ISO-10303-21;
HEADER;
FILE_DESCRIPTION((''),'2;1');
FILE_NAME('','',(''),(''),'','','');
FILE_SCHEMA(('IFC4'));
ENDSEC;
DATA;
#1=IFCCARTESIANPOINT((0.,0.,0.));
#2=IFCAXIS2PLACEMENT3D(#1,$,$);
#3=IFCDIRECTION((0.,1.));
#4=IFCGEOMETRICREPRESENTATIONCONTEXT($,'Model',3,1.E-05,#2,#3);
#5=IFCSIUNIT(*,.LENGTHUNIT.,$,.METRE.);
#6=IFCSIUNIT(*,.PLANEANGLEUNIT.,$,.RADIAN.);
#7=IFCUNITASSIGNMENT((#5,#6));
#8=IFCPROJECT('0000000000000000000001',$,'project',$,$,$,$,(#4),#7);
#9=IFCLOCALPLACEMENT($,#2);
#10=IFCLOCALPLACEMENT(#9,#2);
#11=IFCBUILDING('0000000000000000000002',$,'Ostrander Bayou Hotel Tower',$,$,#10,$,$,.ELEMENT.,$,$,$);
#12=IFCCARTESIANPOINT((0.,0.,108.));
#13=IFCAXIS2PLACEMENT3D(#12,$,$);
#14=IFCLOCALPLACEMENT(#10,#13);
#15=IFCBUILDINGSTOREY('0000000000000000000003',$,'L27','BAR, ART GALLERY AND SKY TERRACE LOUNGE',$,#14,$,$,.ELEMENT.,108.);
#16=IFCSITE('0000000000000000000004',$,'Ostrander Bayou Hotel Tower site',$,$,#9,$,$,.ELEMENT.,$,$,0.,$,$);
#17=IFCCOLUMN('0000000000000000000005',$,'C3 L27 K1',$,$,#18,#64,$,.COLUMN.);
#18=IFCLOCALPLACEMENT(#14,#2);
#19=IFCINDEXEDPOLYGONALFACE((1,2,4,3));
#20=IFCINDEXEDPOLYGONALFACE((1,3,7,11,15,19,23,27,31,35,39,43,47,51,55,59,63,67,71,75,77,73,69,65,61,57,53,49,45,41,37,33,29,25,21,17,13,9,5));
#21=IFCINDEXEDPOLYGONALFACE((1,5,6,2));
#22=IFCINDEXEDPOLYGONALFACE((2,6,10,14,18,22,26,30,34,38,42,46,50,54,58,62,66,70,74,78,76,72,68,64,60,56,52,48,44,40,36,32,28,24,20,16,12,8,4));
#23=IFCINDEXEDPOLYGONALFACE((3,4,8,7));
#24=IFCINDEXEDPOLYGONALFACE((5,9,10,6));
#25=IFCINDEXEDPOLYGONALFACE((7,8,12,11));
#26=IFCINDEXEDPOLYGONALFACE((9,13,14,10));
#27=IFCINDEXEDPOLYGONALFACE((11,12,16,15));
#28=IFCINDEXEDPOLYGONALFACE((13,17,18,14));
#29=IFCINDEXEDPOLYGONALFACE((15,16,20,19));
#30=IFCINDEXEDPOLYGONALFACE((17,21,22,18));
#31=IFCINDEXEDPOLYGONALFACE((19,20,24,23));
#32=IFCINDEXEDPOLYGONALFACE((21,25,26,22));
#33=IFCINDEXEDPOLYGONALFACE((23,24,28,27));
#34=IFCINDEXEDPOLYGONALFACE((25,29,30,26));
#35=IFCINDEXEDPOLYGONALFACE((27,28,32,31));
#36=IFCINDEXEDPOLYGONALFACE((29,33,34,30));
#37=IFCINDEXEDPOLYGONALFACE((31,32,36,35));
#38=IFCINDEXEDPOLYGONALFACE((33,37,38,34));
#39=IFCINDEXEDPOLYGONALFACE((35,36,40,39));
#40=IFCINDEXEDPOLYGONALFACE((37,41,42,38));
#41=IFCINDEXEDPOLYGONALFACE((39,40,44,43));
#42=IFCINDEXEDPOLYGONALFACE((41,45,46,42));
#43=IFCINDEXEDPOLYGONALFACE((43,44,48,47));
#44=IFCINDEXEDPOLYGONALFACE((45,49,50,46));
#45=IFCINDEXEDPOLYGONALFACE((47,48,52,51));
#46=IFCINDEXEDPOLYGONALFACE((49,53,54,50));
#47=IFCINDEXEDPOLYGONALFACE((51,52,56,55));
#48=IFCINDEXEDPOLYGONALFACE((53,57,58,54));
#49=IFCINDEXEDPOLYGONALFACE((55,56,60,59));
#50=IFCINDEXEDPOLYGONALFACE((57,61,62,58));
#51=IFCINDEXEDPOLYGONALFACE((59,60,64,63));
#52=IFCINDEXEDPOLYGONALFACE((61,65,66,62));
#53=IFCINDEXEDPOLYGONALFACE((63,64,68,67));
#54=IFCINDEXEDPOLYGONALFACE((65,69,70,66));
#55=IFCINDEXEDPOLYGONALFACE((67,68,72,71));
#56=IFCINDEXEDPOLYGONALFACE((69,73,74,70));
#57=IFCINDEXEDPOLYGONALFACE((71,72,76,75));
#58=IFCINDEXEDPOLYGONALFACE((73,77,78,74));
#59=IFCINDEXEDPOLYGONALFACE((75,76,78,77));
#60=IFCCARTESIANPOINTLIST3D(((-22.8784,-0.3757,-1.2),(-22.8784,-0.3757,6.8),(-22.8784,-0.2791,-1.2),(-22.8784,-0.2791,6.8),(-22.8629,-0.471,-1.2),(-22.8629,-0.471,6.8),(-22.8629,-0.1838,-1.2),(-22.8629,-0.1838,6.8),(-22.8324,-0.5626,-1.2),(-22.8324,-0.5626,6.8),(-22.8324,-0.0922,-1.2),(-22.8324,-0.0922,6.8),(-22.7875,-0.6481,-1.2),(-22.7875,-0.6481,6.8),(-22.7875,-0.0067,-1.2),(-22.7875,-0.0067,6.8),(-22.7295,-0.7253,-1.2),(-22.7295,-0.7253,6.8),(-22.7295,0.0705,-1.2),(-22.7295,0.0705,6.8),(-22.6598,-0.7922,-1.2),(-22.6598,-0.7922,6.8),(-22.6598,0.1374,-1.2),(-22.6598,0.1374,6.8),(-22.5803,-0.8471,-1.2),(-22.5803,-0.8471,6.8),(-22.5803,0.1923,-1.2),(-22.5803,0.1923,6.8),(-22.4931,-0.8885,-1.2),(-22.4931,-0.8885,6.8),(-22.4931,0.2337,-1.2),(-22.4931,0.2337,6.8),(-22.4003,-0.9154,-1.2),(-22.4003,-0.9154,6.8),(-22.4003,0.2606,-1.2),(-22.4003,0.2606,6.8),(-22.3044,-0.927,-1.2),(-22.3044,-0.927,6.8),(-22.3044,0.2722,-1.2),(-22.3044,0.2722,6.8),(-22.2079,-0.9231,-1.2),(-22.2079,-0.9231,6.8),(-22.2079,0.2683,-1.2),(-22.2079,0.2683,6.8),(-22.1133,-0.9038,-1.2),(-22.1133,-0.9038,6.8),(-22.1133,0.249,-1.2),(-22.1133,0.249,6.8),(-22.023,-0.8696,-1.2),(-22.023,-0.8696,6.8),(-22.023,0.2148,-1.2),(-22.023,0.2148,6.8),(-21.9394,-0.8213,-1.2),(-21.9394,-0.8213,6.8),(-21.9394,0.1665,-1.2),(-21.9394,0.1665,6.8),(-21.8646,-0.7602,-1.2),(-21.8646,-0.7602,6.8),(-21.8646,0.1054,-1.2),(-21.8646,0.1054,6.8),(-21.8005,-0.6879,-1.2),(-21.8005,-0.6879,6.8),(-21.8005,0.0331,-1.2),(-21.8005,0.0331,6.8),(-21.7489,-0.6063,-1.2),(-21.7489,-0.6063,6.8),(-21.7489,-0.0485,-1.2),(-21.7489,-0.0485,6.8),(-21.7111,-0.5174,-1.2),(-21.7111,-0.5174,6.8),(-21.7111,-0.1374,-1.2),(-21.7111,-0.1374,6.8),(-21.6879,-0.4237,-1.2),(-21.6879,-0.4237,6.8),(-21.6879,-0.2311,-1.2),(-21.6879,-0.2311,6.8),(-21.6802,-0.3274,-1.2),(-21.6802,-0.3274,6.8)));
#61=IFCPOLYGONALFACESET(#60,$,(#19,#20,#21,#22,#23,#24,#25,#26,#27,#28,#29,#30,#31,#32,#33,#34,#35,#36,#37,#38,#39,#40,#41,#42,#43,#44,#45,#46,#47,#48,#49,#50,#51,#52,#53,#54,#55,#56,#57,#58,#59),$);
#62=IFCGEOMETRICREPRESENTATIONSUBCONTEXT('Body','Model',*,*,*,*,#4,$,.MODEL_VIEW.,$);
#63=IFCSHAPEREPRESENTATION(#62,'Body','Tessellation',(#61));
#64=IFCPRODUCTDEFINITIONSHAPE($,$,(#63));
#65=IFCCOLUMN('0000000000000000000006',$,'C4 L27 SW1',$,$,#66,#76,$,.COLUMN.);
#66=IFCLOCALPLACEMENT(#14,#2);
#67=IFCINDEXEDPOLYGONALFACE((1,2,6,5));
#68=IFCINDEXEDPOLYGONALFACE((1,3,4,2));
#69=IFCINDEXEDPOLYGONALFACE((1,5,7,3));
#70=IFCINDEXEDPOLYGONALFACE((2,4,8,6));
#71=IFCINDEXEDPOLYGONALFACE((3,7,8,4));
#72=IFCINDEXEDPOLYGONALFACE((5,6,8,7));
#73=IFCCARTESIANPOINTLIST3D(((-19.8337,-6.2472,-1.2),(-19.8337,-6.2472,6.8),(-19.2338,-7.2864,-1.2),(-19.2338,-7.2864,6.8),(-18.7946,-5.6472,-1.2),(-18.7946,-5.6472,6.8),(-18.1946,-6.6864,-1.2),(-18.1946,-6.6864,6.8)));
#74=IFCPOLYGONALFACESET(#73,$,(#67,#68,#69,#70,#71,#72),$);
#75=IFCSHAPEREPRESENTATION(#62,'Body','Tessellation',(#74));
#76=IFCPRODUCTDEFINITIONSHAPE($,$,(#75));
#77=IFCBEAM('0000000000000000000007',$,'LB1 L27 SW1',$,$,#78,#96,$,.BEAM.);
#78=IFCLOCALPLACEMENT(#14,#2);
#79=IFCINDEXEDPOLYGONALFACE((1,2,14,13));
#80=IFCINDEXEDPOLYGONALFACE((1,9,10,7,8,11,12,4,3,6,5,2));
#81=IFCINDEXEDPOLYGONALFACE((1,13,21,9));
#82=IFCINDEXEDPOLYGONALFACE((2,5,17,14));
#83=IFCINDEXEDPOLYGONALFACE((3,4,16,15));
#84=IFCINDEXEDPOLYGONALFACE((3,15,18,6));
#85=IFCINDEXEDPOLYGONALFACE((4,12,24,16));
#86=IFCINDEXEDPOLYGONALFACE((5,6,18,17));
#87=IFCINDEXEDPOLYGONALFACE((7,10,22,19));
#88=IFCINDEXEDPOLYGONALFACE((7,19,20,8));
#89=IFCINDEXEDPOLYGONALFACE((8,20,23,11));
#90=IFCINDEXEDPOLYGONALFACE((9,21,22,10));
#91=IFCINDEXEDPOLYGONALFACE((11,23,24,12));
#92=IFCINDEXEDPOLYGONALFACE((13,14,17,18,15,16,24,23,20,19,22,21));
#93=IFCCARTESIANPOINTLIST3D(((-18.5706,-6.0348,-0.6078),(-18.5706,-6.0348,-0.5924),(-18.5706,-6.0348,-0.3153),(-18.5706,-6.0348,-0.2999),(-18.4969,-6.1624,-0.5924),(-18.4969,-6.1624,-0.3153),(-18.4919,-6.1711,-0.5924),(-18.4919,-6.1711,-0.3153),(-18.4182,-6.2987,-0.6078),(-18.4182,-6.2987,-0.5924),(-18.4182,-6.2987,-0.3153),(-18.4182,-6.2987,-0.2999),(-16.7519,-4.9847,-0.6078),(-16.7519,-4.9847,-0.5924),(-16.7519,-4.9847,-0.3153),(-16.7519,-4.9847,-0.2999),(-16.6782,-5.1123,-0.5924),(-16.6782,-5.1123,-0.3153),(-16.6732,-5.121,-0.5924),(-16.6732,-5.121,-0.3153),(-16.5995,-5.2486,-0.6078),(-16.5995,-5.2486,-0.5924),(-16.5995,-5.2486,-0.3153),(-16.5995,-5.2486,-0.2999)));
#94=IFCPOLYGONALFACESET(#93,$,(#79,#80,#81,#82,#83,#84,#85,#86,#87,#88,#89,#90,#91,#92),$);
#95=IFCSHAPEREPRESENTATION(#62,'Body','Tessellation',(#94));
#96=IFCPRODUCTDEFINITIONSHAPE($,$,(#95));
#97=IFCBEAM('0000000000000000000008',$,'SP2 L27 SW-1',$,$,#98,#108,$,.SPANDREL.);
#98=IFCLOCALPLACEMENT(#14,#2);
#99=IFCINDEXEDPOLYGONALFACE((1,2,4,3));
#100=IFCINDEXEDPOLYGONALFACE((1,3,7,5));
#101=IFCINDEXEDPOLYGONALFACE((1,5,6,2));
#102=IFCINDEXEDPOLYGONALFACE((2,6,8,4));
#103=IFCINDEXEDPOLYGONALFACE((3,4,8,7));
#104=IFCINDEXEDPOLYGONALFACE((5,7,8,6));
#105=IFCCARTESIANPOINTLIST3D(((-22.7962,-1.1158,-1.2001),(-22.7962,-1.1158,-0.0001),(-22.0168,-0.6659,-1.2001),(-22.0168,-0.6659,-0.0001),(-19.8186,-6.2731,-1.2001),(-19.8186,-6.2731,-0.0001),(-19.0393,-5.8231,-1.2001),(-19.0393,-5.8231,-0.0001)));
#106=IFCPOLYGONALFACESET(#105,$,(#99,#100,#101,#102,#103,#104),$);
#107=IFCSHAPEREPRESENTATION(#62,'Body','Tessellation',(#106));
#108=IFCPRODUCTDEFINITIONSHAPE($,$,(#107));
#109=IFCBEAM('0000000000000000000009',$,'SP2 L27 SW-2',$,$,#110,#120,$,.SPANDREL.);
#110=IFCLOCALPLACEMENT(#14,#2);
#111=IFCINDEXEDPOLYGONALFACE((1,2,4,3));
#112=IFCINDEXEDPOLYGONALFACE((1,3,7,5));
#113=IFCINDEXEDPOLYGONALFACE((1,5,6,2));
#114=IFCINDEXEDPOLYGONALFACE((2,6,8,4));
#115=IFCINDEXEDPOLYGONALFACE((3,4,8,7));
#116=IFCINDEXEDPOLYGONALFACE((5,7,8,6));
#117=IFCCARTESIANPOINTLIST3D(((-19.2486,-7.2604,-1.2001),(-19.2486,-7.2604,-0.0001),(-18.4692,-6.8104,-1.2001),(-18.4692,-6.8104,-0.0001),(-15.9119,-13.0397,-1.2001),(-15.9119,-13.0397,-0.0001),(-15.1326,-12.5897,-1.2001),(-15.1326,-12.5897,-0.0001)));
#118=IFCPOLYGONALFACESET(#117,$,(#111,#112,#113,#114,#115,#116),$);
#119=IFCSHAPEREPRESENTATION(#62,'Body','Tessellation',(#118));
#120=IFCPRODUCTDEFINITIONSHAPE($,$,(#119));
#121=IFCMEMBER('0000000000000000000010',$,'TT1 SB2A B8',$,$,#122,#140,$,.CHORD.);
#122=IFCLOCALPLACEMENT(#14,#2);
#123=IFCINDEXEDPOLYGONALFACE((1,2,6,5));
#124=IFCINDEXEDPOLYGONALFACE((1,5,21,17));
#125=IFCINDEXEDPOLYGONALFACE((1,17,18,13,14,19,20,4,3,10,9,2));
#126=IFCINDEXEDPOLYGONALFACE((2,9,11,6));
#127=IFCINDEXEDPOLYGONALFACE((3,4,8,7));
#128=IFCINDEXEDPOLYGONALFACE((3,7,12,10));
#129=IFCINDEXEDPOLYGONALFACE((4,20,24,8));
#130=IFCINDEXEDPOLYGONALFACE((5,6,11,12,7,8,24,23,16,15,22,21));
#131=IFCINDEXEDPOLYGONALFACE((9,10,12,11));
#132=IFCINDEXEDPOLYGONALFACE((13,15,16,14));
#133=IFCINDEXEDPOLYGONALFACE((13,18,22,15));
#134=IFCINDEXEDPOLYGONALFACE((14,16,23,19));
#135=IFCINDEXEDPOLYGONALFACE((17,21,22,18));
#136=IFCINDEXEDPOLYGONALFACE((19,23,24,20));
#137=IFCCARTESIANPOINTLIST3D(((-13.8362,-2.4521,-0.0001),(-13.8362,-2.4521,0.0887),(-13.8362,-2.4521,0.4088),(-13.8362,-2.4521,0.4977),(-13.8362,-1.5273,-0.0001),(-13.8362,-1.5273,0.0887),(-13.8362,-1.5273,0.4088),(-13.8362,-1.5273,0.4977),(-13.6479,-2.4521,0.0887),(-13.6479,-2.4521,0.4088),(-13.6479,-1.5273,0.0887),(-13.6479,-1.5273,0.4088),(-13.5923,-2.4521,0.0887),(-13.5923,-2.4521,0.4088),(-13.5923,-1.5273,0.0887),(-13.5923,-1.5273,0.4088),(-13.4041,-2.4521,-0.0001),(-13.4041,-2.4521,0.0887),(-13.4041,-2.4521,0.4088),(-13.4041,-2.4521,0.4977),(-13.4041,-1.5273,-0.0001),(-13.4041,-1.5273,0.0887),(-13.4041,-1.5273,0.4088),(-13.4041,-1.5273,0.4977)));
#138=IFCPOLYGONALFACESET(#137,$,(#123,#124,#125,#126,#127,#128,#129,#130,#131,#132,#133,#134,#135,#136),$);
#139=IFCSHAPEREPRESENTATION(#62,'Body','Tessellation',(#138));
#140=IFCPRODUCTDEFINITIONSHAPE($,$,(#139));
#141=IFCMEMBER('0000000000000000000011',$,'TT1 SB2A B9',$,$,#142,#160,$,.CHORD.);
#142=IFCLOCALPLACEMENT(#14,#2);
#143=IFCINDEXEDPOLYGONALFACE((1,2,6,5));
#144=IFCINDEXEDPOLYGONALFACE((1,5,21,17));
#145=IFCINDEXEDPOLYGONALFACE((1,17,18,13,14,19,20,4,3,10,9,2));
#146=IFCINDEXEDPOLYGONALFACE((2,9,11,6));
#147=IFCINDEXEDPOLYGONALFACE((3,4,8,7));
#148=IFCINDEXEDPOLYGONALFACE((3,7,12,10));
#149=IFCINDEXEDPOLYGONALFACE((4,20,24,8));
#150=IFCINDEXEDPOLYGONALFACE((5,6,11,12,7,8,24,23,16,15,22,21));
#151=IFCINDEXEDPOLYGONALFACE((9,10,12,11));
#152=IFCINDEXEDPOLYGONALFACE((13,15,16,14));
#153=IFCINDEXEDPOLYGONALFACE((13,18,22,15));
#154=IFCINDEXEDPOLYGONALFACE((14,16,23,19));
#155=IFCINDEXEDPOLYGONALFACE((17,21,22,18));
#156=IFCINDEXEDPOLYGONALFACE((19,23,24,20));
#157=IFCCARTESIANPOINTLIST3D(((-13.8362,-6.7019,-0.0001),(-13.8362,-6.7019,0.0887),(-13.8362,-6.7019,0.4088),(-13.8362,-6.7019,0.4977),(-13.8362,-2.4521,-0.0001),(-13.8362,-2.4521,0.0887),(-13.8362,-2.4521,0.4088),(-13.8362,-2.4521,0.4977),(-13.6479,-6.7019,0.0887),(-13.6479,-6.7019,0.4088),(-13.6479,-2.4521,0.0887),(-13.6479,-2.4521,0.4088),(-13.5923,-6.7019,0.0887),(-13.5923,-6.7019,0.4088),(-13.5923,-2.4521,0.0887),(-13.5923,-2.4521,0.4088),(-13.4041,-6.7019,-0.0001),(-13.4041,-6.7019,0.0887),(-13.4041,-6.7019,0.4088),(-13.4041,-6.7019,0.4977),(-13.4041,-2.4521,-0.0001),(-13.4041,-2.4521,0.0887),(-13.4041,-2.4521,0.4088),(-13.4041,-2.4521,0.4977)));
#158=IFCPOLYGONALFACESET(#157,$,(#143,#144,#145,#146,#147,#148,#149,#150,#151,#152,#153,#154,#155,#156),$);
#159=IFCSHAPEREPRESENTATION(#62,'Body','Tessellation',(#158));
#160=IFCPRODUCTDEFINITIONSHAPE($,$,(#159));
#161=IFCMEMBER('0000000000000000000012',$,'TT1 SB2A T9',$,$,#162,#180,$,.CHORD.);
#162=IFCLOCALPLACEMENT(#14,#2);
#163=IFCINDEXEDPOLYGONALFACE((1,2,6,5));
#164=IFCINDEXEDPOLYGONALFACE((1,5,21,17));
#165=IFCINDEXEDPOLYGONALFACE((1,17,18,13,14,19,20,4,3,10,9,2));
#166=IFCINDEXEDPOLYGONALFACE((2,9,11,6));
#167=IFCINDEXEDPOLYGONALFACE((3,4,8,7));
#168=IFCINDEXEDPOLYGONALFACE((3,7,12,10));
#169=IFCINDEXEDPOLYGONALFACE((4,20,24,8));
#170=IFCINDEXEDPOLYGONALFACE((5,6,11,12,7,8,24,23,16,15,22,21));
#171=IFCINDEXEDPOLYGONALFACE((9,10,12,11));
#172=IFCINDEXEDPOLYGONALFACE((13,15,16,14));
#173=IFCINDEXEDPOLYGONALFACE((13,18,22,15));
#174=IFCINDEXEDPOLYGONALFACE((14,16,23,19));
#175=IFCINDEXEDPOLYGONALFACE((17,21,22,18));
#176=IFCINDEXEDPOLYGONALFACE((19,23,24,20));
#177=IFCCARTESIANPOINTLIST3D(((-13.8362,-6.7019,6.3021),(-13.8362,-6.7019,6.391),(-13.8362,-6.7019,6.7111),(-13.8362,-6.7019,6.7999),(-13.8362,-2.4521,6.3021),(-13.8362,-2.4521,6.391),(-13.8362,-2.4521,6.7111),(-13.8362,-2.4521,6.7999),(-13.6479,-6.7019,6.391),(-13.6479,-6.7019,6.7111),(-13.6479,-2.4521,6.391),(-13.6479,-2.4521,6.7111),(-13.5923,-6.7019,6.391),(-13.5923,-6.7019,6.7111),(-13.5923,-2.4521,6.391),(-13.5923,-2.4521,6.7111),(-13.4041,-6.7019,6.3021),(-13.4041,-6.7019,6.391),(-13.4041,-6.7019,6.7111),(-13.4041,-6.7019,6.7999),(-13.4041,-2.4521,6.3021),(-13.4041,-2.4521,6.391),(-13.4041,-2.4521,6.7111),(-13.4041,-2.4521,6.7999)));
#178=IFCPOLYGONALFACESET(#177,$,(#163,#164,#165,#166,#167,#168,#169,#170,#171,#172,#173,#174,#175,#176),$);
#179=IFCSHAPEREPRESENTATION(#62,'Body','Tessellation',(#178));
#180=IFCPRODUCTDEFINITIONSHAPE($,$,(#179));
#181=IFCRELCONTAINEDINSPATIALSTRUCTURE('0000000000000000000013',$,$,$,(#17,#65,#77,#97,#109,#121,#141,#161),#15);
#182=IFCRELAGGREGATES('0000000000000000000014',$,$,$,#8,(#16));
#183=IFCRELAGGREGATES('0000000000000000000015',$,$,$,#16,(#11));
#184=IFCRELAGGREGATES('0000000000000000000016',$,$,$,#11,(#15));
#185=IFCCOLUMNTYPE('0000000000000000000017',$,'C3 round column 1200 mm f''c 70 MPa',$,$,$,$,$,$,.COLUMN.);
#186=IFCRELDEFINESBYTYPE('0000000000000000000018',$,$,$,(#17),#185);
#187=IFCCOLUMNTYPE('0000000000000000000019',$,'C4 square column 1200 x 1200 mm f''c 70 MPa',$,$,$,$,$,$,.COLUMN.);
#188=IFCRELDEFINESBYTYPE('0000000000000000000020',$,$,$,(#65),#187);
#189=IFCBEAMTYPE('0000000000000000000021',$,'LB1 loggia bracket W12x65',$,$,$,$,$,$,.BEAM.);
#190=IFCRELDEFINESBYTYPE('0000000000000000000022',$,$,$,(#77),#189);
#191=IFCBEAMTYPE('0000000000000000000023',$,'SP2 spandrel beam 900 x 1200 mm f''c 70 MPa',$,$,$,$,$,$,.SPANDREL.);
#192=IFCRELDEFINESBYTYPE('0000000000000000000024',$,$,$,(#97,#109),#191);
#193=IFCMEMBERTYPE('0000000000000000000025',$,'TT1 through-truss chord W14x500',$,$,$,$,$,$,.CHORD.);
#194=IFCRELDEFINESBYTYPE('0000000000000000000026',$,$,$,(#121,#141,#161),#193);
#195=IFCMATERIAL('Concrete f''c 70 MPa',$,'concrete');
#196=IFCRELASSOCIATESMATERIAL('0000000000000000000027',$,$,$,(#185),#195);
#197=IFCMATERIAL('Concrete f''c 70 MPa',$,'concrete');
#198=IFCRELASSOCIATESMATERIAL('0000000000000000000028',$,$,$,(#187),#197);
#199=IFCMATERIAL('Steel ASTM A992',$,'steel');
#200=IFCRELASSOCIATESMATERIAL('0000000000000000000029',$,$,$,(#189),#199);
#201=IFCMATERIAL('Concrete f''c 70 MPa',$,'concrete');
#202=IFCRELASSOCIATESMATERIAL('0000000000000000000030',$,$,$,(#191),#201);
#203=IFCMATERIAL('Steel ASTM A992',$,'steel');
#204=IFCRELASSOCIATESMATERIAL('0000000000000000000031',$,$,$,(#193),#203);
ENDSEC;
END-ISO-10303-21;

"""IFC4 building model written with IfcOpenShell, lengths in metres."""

from ifc_helpers import new_model, si_unit, direction, frame, origin, origin_2d, place, context, subcontext, project, spatial, rectangle, circle, i_section, extrude, material, material_profile, profile_set, type_object, element, save


model = new_model("IFC4")

# Units and contexts
model_context = context("Model", 3, precision=1e-05, world=origin(), true_north=direction((0.0, 1.0)))
body_context = subcontext(model_context, "Body", "Model", "MODEL_VIEW")
ifc_project = project(units=[si_unit("LENGTHUNIT", "METRE"), si_unit("PLANEANGLEUNIT", "RADIAN")], contexts=[model_context])

# Site, building, storey
site_placement = place(None, origin())
site = spatial("IfcSite", under=ifc_project, at=site_placement, Name="Ostrander Bayou Hotel Tower site", CompositionType="ELEMENT", RefElevation=0.0)
building_placement = place(site_placement, origin())
building = spatial("IfcBuilding", under=site, at=building_placement, Name="Ostrander Bayou Hotel Tower", CompositionType="ELEMENT")
storey_placement = place(building_placement, frame((0.0, 0.0, 108.0)))
storey = spatial("IfcBuildingStorey", under=building, at=storey_placement, Name="L27", Description="BAR, ART GALLERY AND SKY TERRACE LOUNGE", CompositionType="ELEMENT", Elevation=108.0)

# Columns
ifc_material_1 = material(Name="Concrete f'c 70 MPa", Category="concrete")
ifc_material_profile_1 = material_profile(ifc_material_1, circle(Radius=0.6001, at=origin_2d()))
ifc_profile_set_1 = profile_set([ifc_material_profile_1], Name="Concrete f'c 70 MPa")
column_type_1 = type_object("IfcColumnType", Name="C3 round column 1200 mm f'c 70 MPa", PredefinedType="COLUMN", material=ifc_profile_set_1)
column_1_placement = place(storey_placement, frame((-22.2803, -0.3274, -1.2), z_axis=(0.0, 0.0, 1.0), x_axis=(1.0, 0.0, 0.0)))
element("IfcColumn", 1, at=column_1_placement, inside=storey, type_object=column_type_1, Name="C3 L27 K1", PredefinedType="COLUMN", context=body_context, shape_type="SweptSolid", body=[
    extrude(circle(Radius=0.6001, at=origin_2d()), origin(), (0.0, 0.0, 1.0), 8.0),
])
ifc_material_2 = material(Name="Concrete f'c 70 MPa", Category="concrete")
ifc_material_profile_2 = material_profile(ifc_material_2, rectangle(XDim=1.2, YDim=1.2, at=origin_2d()))
ifc_profile_set_2 = profile_set([ifc_material_profile_2], Name="Concrete f'c 70 MPa")
column_type_2 = type_object("IfcColumnType", Name="C4 square column 1200 x 1200 mm f'c 70 MPa", PredefinedType="COLUMN", material=ifc_profile_set_2)
column_2_placement = place(storey_placement, frame((-19.0142, -6.4668, -1.2), z_axis=(0.0, 0.0, 1.0), x_axis=(-0.5, 0.866025, 0.0)))
element("IfcColumn", 2, at=column_2_placement, inside=storey, type_object=column_type_2, Name="C4 L27 SW1", PredefinedType="COLUMN", context=body_context, shape_type="SweptSolid", body=[
    extrude(rectangle(XDim=1.2, YDim=1.2, at=origin_2d()), origin(), (0.0, 0.0, 1.0), 8.0),
])

# Beams
ifc_material_3 = material(Name="Steel ASTM A992", Category="steel")
ifc_material_profile_3 = material_profile(ifc_material_3, i_section(OverallWidth=0.3047, OverallDepth=0.3079, WebThickness=0.01, FlangeThickness=0.0154, at=origin_2d()))
ifc_profile_set_3 = profile_set([ifc_material_profile_3], Name="Steel ASTM A992")
beam_type_1 = type_object("IfcBeamType", Name="LB1 loggia bracket W12x65", PredefinedType="BEAM", material=ifc_profile_set_3)
beam_1_placement = place(storey_placement, frame((-18.4944, -6.1667, -0.4539), z_axis=(0.866009, 0.500028, 0.0), x_axis=(-0.500028, 0.866009, 0.0)))
element("IfcBeam", 3, at=beam_1_placement, inside=storey, type_object=beam_type_1, Name="LB1 L27 SW1", PredefinedType="BEAM", context=body_context, shape_type="SweptSolid", body=[
    extrude(i_section(OverallWidth=0.3047, OverallDepth=0.3079, WebThickness=0.01, FlangeThickness=0.0154, at=origin_2d()), origin(), (0.0, 0.0, 1.0), 2.1001),
])
ifc_material_4 = material(Name="Concrete f'c 70 MPa", Category="concrete")
ifc_material_profile_4 = material_profile(ifc_material_4, rectangle(XDim=0.8999, YDim=1.2, at=origin_2d()))
ifc_profile_set_4 = profile_set([ifc_material_profile_4], Name="Concrete f'c 70 MPa")
beam_type_2 = type_object("IfcBeamType", Name="SP2 spandrel beam 900 x 1200 mm f'c 70 MPa", PredefinedType="SPANDREL", material=ifc_profile_set_4)
beam_2_placement = place(storey_placement, frame((-22.4065, -0.8909, -0.6001), z_axis=(0.500002, -0.866024, 0.0), x_axis=(0.866024, 0.500002, 0.0)))
element("IfcBeam", 4, at=beam_2_placement, inside=storey, type_object=beam_type_2, Name="SP2 L27 SW-1", PredefinedType="SPANDREL", context=body_context, shape_type="SweptSolid", body=[
    extrude(rectangle(XDim=0.8999, YDim=1.2, at=origin_2d()), origin(), (0.0, 0.0, 1.0), 5.9551),
])
beam_3_placement = place(storey_placement, frame((-18.8589, -7.0354, -0.6001), z_axis=(0.499999, -0.866026, 0.0), x_axis=(0.866026, 0.499999, 0.0)))
element("IfcBeam", 5, at=beam_3_placement, inside=storey, type_object=beam_type_2, Name="SP2 L27 SW-2", PredefinedType="SPANDREL", context=body_context, shape_type="SweptSolid", body=[
    extrude(rectangle(XDim=0.8999, YDim=1.2, at=origin_2d()), origin(), (0.0, 0.0, 1.0), 6.6733),
])

# Members
ifc_material_5 = material(Name="Steel ASTM A992", Category="steel")
ifc_material_profile_5 = material_profile(ifc_material_5, i_section(OverallWidth=0.4321, OverallDepth=0.4978, WebThickness=0.0557, FlangeThickness=0.0889, at=origin_2d()))
ifc_profile_set_5 = profile_set([ifc_material_profile_5], Name="Steel ASTM A992")
member_type_1 = type_object("IfcMemberType", Name="TT1 through-truss chord W14x500", PredefinedType="CHORD", material=ifc_profile_set_5)
member_1_placement = place(storey_placement, frame((-13.6201, -1.5273, 0.2488), z_axis=(0.0, -1.0, 0.0), x_axis=(1.0, 0.0, 0.0)))
element("IfcMember", 6, at=member_1_placement, inside=storey, type_object=member_type_1, Name="TT1 SB2A B8", PredefinedType="CHORD", context=body_context, shape_type="SweptSolid", body=[
    extrude(i_section(OverallWidth=0.4321, OverallDepth=0.4978, WebThickness=0.0557, FlangeThickness=0.0889, at=origin_2d()), origin(), (0.0, 0.0, 1.0), 0.9248),
])
for number, where, z_axis, x_axis, name in (
    (7, (-13.6201, -2.4521, 0.2488), (0.0, -1.0, 0.0), (1.0, 0.0, 0.0), "TT1 SB2A B9"),
    (8, (-13.6201, -2.4521, 6.551), (0.0, -1.0, 0.0), (1.0, 0.0, 0.0), "TT1 SB2A T9"),
):
    element("IfcMember", number, at=place(storey_placement, frame(where, z_axis=z_axis, x_axis=x_axis)), inside=storey, type_object=member_type_1, Name=name, PredefinedType="CHORD", context=body_context, shape_type="SweptSolid", body=[
        extrude(i_section(OverallWidth=0.4321, OverallDepth=0.4978, WebThickness=0.0557, FlangeThickness=0.0889, at=origin_2d()), origin(), (0.0, 0.0, 1.0), 4.2498),
    ])

save(model, "model.ifc")
